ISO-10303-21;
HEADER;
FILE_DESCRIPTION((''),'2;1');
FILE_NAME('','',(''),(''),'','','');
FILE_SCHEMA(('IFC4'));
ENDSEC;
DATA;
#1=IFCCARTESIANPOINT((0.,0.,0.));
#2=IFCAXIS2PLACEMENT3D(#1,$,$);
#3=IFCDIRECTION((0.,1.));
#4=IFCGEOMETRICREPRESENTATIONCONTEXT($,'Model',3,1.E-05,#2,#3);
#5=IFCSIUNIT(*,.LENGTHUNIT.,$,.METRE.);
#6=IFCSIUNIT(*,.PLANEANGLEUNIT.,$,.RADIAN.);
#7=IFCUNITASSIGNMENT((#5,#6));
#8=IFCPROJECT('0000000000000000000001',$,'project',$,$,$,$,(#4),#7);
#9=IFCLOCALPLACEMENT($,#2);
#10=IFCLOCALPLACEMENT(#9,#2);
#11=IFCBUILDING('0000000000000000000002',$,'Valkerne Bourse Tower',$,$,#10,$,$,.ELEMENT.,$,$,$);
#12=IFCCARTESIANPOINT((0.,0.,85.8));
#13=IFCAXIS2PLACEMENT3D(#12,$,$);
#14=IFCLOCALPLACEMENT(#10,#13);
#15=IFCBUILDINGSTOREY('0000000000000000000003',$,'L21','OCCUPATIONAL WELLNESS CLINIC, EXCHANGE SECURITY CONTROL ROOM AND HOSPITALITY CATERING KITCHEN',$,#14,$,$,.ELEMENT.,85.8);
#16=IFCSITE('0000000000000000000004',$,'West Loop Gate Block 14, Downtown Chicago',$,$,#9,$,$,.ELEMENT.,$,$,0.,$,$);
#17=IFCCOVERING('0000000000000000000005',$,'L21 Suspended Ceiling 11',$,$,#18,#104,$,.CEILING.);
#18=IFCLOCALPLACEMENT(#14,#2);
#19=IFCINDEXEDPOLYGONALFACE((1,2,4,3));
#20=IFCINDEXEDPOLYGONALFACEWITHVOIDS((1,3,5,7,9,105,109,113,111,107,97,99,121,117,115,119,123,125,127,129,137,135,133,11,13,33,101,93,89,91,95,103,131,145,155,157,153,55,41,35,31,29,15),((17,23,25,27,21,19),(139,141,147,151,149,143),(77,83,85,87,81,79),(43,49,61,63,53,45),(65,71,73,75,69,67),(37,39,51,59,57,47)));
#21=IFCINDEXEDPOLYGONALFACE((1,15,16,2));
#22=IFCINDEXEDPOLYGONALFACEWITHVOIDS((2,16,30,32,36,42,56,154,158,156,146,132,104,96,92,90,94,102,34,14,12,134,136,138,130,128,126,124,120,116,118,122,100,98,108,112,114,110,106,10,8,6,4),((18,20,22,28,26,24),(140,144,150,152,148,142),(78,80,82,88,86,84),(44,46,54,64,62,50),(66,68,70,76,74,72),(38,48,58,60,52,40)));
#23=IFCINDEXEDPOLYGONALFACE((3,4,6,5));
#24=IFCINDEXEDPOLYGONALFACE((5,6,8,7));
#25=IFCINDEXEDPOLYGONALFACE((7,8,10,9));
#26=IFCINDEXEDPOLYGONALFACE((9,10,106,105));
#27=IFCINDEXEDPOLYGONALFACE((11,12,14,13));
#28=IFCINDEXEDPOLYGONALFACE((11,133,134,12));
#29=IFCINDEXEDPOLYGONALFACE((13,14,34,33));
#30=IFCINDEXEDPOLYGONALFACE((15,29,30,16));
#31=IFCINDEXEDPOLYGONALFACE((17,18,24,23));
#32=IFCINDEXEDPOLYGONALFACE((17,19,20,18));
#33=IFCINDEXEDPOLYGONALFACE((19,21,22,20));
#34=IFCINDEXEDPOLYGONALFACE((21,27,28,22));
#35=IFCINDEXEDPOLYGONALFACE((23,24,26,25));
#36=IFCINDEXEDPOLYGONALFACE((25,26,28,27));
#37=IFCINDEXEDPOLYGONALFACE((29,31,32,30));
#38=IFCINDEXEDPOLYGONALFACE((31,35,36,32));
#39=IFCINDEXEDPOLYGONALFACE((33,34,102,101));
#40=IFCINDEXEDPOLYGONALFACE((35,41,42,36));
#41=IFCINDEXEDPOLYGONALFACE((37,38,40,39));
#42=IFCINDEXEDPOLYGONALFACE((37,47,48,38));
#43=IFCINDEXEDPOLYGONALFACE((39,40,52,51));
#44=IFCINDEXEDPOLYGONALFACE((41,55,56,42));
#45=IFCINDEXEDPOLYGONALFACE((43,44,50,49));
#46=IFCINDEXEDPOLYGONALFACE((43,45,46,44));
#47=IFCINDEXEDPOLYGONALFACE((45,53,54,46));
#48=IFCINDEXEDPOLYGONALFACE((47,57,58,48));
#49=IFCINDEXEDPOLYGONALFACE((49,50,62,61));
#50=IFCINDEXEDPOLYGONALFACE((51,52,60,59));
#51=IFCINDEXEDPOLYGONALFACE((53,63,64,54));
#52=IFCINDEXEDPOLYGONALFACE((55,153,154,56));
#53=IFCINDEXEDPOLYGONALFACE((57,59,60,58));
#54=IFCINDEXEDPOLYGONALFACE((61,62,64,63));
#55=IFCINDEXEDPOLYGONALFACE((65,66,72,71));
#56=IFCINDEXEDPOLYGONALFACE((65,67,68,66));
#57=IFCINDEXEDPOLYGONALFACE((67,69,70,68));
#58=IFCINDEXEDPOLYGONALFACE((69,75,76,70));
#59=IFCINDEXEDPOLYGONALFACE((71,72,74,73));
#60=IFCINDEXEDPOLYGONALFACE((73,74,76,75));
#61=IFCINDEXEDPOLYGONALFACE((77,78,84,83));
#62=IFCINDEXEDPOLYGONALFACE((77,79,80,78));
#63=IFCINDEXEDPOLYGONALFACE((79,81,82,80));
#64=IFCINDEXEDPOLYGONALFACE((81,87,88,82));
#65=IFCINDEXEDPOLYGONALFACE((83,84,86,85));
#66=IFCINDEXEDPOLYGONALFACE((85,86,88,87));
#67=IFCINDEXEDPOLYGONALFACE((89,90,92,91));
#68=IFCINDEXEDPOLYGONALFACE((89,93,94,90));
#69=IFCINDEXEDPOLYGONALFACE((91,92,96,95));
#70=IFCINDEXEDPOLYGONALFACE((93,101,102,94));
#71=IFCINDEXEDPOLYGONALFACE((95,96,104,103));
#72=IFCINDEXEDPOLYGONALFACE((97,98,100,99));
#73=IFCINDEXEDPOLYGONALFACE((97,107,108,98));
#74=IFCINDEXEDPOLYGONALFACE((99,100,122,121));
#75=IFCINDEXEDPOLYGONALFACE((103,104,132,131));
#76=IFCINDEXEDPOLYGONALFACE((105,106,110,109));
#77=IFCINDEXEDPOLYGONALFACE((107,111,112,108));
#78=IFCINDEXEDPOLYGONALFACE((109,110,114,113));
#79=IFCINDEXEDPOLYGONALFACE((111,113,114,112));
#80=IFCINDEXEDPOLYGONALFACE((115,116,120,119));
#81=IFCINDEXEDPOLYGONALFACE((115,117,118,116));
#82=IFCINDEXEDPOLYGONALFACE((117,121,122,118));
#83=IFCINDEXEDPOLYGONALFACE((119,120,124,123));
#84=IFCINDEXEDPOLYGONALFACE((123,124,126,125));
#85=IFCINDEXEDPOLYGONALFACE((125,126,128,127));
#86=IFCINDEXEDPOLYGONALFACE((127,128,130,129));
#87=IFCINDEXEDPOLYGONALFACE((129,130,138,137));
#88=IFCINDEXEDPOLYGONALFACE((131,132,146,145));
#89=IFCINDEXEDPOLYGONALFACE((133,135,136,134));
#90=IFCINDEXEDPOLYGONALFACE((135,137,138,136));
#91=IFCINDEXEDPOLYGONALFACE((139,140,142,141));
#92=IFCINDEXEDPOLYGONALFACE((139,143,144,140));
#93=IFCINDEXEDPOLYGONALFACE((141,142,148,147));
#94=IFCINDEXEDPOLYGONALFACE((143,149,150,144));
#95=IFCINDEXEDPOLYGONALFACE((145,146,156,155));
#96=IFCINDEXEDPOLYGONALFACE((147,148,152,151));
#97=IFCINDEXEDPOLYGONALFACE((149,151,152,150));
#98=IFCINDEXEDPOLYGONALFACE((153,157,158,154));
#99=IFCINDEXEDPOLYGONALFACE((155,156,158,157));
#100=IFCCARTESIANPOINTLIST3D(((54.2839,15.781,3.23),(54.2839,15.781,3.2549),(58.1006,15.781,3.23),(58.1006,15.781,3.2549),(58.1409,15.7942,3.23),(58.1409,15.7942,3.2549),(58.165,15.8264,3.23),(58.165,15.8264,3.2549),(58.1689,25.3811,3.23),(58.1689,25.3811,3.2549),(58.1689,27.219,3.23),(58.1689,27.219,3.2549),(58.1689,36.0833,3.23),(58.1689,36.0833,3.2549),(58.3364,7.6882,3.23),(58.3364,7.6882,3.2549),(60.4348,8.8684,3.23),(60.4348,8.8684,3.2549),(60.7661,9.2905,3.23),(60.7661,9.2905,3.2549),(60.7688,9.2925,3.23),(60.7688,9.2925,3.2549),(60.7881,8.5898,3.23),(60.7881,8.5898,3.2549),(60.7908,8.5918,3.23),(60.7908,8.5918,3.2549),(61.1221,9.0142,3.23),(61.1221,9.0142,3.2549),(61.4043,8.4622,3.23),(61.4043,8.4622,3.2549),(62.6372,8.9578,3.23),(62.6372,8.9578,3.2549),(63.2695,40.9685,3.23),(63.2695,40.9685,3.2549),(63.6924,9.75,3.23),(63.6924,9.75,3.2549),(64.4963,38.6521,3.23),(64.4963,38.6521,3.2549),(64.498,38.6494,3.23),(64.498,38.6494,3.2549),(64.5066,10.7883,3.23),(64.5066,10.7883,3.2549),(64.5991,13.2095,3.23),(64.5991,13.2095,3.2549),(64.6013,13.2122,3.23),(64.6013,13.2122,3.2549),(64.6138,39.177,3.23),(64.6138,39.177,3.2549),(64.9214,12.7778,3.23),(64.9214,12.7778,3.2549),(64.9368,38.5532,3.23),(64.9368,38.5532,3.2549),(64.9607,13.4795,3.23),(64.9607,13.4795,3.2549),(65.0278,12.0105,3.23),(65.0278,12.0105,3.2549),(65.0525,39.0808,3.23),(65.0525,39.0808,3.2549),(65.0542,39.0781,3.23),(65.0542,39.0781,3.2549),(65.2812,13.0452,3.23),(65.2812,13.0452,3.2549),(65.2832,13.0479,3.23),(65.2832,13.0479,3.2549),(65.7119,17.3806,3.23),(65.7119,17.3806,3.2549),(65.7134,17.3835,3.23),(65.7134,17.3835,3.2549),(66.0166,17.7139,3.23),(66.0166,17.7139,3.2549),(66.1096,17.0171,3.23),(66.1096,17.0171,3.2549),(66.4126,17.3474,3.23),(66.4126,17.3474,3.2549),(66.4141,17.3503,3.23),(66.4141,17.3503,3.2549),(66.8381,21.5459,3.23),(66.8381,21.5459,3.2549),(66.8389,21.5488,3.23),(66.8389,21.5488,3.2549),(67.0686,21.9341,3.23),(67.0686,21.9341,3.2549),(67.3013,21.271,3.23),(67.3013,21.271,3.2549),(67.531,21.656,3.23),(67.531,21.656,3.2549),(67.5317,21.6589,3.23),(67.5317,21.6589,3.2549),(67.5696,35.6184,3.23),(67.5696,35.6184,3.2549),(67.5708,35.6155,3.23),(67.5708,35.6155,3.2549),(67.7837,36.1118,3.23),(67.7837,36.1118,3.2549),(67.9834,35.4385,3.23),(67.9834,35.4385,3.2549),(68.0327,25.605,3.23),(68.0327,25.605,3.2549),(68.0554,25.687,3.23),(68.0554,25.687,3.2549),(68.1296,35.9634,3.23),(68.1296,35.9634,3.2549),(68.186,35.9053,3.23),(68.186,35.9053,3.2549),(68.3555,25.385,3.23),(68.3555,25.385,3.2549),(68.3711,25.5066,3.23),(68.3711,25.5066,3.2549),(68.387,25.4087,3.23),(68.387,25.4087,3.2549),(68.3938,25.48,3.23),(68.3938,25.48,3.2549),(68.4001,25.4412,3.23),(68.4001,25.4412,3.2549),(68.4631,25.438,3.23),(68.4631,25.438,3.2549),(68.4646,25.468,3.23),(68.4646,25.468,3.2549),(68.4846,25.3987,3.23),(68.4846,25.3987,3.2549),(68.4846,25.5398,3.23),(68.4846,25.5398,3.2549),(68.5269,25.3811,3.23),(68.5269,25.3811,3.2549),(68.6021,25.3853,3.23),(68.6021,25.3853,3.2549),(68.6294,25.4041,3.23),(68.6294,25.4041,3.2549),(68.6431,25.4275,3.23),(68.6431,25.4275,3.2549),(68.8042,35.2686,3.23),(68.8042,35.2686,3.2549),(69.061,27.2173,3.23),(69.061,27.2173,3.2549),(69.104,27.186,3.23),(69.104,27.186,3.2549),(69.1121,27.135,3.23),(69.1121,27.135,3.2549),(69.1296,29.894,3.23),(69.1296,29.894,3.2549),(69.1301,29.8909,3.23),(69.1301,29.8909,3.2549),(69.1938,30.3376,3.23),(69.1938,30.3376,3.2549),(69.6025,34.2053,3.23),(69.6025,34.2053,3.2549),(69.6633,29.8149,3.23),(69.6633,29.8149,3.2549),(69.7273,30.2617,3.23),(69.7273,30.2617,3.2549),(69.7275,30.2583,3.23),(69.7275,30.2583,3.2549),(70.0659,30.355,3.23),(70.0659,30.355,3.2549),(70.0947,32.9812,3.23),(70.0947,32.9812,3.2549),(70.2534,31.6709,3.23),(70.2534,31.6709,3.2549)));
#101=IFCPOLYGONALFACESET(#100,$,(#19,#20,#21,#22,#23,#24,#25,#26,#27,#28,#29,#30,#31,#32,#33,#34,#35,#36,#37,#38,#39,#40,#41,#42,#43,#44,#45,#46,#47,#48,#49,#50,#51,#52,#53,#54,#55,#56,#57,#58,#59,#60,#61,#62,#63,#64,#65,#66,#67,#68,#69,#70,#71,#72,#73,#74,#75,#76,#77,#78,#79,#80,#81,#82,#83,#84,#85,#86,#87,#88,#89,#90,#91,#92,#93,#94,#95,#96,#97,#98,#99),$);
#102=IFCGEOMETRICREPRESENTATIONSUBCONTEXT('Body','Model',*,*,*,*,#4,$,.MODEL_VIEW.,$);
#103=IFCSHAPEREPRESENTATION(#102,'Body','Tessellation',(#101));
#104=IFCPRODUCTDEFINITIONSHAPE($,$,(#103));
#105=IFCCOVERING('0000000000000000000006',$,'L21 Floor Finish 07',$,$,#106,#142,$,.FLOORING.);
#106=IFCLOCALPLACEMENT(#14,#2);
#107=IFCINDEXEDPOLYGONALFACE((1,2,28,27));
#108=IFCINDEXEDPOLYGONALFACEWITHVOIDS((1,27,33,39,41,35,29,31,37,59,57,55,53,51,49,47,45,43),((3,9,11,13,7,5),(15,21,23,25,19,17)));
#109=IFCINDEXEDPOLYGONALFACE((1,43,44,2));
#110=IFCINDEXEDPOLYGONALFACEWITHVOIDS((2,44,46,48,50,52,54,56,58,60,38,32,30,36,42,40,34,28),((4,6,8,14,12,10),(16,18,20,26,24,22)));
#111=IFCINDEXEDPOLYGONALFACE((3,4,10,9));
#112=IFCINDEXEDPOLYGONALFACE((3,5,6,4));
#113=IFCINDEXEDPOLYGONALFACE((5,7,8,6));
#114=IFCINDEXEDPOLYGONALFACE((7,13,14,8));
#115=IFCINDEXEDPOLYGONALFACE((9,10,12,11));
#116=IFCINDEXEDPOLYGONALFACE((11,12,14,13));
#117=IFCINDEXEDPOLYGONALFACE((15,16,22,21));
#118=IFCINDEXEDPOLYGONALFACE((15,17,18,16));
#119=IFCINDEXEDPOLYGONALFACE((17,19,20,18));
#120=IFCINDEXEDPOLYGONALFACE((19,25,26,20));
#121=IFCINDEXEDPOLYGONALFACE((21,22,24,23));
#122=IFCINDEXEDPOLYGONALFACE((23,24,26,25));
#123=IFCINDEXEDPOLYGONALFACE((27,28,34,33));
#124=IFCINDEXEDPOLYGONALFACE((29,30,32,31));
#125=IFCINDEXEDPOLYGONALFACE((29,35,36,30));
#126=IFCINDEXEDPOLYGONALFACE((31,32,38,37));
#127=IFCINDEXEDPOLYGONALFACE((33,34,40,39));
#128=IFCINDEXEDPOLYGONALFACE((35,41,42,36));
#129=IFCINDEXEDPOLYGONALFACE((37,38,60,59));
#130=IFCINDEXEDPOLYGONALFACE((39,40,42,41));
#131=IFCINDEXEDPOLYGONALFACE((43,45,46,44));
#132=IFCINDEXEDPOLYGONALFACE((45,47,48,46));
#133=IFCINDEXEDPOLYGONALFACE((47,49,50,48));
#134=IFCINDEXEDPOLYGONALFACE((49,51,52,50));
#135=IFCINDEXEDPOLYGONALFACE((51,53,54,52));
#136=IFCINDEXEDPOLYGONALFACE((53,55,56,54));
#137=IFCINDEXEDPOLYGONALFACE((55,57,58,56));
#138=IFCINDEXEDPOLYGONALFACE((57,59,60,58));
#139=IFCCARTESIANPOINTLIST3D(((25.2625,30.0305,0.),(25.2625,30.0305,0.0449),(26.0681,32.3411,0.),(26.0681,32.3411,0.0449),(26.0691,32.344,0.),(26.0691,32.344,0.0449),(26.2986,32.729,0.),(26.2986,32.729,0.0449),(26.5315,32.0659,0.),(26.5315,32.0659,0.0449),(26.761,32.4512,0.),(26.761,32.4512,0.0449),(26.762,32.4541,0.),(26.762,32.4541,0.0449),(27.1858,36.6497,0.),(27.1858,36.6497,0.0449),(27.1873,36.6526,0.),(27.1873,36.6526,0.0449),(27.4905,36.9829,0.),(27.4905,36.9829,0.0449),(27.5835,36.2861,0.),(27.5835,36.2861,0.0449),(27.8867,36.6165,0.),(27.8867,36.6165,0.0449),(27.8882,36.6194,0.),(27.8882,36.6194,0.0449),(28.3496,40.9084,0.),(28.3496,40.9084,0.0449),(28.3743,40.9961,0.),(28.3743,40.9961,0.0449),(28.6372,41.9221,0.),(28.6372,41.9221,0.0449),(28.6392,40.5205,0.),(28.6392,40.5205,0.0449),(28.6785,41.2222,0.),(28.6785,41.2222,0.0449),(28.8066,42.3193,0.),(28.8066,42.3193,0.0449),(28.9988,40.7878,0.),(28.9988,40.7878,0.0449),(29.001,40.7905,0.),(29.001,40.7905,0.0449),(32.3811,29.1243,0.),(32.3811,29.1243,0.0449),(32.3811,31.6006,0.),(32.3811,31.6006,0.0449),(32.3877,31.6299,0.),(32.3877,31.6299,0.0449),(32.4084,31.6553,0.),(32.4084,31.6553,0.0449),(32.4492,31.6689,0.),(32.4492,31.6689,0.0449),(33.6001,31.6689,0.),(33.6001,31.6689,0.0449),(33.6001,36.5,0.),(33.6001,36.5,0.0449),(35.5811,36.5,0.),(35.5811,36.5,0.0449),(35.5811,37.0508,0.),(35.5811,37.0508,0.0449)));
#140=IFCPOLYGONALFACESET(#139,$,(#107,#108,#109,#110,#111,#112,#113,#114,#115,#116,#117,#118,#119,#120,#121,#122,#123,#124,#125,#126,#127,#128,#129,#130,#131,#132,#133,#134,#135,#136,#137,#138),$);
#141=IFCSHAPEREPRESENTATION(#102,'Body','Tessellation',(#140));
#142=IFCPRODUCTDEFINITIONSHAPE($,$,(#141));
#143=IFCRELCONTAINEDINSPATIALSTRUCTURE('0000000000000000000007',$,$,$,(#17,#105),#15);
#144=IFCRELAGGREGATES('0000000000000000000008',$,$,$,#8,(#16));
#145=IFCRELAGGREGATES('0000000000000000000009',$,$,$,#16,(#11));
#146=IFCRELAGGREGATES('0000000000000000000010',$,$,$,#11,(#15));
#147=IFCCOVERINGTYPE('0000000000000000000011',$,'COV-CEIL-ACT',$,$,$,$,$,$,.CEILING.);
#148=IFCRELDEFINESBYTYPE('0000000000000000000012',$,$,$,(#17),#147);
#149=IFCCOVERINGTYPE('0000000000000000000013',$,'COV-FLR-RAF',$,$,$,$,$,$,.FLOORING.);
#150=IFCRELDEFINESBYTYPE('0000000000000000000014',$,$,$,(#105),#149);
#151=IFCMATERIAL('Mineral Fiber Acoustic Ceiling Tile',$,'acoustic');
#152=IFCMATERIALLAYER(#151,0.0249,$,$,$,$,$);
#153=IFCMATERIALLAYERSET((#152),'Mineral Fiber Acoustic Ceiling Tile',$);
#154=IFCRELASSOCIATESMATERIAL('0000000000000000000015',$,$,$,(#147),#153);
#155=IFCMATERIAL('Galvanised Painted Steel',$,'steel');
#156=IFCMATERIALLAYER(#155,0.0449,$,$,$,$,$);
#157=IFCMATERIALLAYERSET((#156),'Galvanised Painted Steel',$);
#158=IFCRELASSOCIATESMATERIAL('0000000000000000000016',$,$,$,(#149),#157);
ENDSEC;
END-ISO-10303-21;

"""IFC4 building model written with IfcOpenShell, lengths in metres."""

from ifc_helpers import new_model, si_unit, direction, frame, origin, place, context, subcontext, project, spatial, polyline, outline, extrude, material, layer, layer_set, type_object, element, save


model = new_model("IFC4")

# Units and contexts
model_context = context("Model", 3, precision=1e-05, world=origin(), true_north=direction((0.0, 1.0)))
body_context = subcontext(model_context, "Body", "Model", "MODEL_VIEW")
ifc_project = project(units=[si_unit("LENGTHUNIT", "METRE"), si_unit("PLANEANGLEUNIT", "RADIAN")], contexts=[model_context])

# Site, building, storey
site_placement = place(None, origin())
site = spatial("IfcSite", under=ifc_project, at=site_placement, Name="West Loop Gate Block 14, Downtown Chicago", CompositionType="ELEMENT", RefElevation=0.0)
building_placement = place(site_placement, origin())
building = spatial("IfcBuilding", under=site, at=building_placement, Name="Valkerne Bourse Tower", CompositionType="ELEMENT")
storey_placement = place(building_placement, frame((0.0, 0.0, 85.8)))
storey = spatial("IfcBuildingStorey", under=building, at=storey_placement, Name="L21", Description="OCCUPATIONAL WELLNESS CLINIC, EXCHANGE SECURITY CONTROL ROOM AND HOSPITALITY CATERING KITCHEN", CompositionType="ELEMENT", Elevation=85.8)

# Coverings
ifc_material_1 = material(Name="Mineral Fiber Acoustic Ceiling Tile", Category="acoustic")
ifc_layer_1 = layer(ifc_material_1, 0.0249)
ifc_layer_set_1 = layer_set([ifc_layer_1], Name="Mineral Fiber Acoustic Ceiling Tile")
covering_type_1 = type_object("IfcCoveringType", Name="COV-CEIL-ACT", PredefinedType="CEILING", material=ifc_layer_set_1)
covering_1_placement = place(storey_placement, frame((0.0, 0.0, 3.23)))
element("IfcCovering", 1, at=covering_1_placement, inside=storey, type_object=covering_type_1, Name="L21 Suspended Ceiling 11", PredefinedType="CEILING", context=body_context, shape_type="SweptSolid", body=[
    extrude(outline(polyline([(62.6372, 8.9578), (61.4043, 8.4622), (58.3364, 7.6882), (54.2839, 15.781), (58.1006, 15.781), (58.1409, 15.7942), (58.165, 15.8264), (58.1689, 25.3811), (68.3555, 25.385), (68.387, 25.4087), (68.4001, 25.4412), (68.3938, 25.48), (68.3711, 25.5066), (68.0327, 25.605), (68.0554, 25.687), (68.4846, 25.5398), (68.4646, 25.468), (68.4631, 25.438), (68.4846, 25.3987), (68.5269, 25.3811), (68.6021, 25.3853), (68.6294, 25.4041), (68.6431, 25.4275), (69.1121, 27.135), (69.104, 27.186), (69.061, 27.2173), (58.1689, 27.219), (58.1689, 36.0833), (63.2695, 40.9685), (68.1296, 35.9634), (67.7837, 36.1118), (67.5696, 35.6184), (67.5708, 35.6155), (67.9834, 35.4385), (68.186, 35.9053), (68.8042, 35.2686), (69.6025, 34.2053), (70.0947, 32.9812), (70.2534, 31.6709), (70.0659, 30.355), (65.0278, 12.0105), (64.5066, 10.7883), (63.6924, 9.75), (62.6372, 8.9578)]), holes=[polyline([(60.7908, 8.5918), (61.1221, 9.0142), (60.7688, 9.2925), (60.7661, 9.2905), (60.4348, 8.8684), (60.7881, 8.5898), (60.7908, 8.5918)]), polyline([(65.2832, 13.0479), (64.9607, 13.4795), (64.6013, 13.2122), (64.5991, 13.2095), (64.9214, 12.7778), (65.2812, 13.0452), (65.2832, 13.0479)]), polyline([(66.4141, 17.3503), (66.0166, 17.7139), (65.7134, 17.3835), (65.7119, 17.3806), (66.1096, 17.0171), (66.4126, 17.3474), (66.4141, 17.3503)]), polyline([(67.5317, 21.6589), (67.0686, 21.9341), (66.8389, 21.5488), (66.8381, 21.5459), (67.3013, 21.271), (67.531, 21.656), (67.5317, 21.6589)]), polyline([(69.7275, 30.2583), (69.7273, 30.2617), (69.1938, 30.3376), (69.1296, 29.894), (69.1301, 29.8909), (69.6633, 29.8149), (69.7275, 30.2583)]), polyline([(65.0542, 39.0781), (65.0525, 39.0808), (64.6138, 39.177), (64.4963, 38.6521), (64.498, 38.6494), (64.9368, 38.5532), (65.0542, 39.0781)])]), origin(), (0.0, 0.0, 1.0), 0.0249),
])
ifc_material_2 = material(Name="Galvanised Painted Steel", Category="steel")
ifc_layer_2 = layer(ifc_material_2, 0.0449)
ifc_layer_set_2 = layer_set([ifc_layer_2], Name="Galvanised Painted Steel")
covering_type_2 = type_object("IfcCoveringType", Name="COV-FLR-RAF", PredefinedType="FLOORING", material=ifc_layer_set_2)
covering_2_placement = place(storey_placement, origin())
element("IfcCovering", 2, at=covering_2_placement, inside=storey, type_object=covering_type_2, Name="L21 Floor Finish 07", PredefinedType="FLOORING", context=body_context, shape_type="SweptSolid", body=[
    extrude(outline(polyline([(35.5811, 37.0508), (35.5811, 36.5), (33.6001, 36.5), (33.6001, 31.6689), (32.4492, 31.6689), (32.4084, 31.6553), (32.3877, 31.6299), (32.3811, 31.6006), (32.3811, 29.1243), (25.2625, 30.0305), (28.3496, 40.9084), (28.6392, 40.5205), (28.9988, 40.7878), (29.001, 40.7905), (28.6785, 41.2222), (28.3743, 40.9961), (28.6372, 41.9221), (28.8066, 42.3193), (35.5811, 37.0508)]), holes=[polyline([(26.761, 32.4512), (26.762, 32.4541), (26.2986, 32.729), (26.0691, 32.344), (26.0681, 32.3411), (26.5315, 32.0659), (26.761, 32.4512)]), polyline([(27.8882, 36.6194), (27.4905, 36.9829), (27.1873, 36.6526), (27.1858, 36.6497), (27.5835, 36.2861), (27.8867, 36.6165), (27.8882, 36.6194)])]), origin(), (0.0, 0.0, 1.0), 0.0449),
])

save(model, "model.ifc")
